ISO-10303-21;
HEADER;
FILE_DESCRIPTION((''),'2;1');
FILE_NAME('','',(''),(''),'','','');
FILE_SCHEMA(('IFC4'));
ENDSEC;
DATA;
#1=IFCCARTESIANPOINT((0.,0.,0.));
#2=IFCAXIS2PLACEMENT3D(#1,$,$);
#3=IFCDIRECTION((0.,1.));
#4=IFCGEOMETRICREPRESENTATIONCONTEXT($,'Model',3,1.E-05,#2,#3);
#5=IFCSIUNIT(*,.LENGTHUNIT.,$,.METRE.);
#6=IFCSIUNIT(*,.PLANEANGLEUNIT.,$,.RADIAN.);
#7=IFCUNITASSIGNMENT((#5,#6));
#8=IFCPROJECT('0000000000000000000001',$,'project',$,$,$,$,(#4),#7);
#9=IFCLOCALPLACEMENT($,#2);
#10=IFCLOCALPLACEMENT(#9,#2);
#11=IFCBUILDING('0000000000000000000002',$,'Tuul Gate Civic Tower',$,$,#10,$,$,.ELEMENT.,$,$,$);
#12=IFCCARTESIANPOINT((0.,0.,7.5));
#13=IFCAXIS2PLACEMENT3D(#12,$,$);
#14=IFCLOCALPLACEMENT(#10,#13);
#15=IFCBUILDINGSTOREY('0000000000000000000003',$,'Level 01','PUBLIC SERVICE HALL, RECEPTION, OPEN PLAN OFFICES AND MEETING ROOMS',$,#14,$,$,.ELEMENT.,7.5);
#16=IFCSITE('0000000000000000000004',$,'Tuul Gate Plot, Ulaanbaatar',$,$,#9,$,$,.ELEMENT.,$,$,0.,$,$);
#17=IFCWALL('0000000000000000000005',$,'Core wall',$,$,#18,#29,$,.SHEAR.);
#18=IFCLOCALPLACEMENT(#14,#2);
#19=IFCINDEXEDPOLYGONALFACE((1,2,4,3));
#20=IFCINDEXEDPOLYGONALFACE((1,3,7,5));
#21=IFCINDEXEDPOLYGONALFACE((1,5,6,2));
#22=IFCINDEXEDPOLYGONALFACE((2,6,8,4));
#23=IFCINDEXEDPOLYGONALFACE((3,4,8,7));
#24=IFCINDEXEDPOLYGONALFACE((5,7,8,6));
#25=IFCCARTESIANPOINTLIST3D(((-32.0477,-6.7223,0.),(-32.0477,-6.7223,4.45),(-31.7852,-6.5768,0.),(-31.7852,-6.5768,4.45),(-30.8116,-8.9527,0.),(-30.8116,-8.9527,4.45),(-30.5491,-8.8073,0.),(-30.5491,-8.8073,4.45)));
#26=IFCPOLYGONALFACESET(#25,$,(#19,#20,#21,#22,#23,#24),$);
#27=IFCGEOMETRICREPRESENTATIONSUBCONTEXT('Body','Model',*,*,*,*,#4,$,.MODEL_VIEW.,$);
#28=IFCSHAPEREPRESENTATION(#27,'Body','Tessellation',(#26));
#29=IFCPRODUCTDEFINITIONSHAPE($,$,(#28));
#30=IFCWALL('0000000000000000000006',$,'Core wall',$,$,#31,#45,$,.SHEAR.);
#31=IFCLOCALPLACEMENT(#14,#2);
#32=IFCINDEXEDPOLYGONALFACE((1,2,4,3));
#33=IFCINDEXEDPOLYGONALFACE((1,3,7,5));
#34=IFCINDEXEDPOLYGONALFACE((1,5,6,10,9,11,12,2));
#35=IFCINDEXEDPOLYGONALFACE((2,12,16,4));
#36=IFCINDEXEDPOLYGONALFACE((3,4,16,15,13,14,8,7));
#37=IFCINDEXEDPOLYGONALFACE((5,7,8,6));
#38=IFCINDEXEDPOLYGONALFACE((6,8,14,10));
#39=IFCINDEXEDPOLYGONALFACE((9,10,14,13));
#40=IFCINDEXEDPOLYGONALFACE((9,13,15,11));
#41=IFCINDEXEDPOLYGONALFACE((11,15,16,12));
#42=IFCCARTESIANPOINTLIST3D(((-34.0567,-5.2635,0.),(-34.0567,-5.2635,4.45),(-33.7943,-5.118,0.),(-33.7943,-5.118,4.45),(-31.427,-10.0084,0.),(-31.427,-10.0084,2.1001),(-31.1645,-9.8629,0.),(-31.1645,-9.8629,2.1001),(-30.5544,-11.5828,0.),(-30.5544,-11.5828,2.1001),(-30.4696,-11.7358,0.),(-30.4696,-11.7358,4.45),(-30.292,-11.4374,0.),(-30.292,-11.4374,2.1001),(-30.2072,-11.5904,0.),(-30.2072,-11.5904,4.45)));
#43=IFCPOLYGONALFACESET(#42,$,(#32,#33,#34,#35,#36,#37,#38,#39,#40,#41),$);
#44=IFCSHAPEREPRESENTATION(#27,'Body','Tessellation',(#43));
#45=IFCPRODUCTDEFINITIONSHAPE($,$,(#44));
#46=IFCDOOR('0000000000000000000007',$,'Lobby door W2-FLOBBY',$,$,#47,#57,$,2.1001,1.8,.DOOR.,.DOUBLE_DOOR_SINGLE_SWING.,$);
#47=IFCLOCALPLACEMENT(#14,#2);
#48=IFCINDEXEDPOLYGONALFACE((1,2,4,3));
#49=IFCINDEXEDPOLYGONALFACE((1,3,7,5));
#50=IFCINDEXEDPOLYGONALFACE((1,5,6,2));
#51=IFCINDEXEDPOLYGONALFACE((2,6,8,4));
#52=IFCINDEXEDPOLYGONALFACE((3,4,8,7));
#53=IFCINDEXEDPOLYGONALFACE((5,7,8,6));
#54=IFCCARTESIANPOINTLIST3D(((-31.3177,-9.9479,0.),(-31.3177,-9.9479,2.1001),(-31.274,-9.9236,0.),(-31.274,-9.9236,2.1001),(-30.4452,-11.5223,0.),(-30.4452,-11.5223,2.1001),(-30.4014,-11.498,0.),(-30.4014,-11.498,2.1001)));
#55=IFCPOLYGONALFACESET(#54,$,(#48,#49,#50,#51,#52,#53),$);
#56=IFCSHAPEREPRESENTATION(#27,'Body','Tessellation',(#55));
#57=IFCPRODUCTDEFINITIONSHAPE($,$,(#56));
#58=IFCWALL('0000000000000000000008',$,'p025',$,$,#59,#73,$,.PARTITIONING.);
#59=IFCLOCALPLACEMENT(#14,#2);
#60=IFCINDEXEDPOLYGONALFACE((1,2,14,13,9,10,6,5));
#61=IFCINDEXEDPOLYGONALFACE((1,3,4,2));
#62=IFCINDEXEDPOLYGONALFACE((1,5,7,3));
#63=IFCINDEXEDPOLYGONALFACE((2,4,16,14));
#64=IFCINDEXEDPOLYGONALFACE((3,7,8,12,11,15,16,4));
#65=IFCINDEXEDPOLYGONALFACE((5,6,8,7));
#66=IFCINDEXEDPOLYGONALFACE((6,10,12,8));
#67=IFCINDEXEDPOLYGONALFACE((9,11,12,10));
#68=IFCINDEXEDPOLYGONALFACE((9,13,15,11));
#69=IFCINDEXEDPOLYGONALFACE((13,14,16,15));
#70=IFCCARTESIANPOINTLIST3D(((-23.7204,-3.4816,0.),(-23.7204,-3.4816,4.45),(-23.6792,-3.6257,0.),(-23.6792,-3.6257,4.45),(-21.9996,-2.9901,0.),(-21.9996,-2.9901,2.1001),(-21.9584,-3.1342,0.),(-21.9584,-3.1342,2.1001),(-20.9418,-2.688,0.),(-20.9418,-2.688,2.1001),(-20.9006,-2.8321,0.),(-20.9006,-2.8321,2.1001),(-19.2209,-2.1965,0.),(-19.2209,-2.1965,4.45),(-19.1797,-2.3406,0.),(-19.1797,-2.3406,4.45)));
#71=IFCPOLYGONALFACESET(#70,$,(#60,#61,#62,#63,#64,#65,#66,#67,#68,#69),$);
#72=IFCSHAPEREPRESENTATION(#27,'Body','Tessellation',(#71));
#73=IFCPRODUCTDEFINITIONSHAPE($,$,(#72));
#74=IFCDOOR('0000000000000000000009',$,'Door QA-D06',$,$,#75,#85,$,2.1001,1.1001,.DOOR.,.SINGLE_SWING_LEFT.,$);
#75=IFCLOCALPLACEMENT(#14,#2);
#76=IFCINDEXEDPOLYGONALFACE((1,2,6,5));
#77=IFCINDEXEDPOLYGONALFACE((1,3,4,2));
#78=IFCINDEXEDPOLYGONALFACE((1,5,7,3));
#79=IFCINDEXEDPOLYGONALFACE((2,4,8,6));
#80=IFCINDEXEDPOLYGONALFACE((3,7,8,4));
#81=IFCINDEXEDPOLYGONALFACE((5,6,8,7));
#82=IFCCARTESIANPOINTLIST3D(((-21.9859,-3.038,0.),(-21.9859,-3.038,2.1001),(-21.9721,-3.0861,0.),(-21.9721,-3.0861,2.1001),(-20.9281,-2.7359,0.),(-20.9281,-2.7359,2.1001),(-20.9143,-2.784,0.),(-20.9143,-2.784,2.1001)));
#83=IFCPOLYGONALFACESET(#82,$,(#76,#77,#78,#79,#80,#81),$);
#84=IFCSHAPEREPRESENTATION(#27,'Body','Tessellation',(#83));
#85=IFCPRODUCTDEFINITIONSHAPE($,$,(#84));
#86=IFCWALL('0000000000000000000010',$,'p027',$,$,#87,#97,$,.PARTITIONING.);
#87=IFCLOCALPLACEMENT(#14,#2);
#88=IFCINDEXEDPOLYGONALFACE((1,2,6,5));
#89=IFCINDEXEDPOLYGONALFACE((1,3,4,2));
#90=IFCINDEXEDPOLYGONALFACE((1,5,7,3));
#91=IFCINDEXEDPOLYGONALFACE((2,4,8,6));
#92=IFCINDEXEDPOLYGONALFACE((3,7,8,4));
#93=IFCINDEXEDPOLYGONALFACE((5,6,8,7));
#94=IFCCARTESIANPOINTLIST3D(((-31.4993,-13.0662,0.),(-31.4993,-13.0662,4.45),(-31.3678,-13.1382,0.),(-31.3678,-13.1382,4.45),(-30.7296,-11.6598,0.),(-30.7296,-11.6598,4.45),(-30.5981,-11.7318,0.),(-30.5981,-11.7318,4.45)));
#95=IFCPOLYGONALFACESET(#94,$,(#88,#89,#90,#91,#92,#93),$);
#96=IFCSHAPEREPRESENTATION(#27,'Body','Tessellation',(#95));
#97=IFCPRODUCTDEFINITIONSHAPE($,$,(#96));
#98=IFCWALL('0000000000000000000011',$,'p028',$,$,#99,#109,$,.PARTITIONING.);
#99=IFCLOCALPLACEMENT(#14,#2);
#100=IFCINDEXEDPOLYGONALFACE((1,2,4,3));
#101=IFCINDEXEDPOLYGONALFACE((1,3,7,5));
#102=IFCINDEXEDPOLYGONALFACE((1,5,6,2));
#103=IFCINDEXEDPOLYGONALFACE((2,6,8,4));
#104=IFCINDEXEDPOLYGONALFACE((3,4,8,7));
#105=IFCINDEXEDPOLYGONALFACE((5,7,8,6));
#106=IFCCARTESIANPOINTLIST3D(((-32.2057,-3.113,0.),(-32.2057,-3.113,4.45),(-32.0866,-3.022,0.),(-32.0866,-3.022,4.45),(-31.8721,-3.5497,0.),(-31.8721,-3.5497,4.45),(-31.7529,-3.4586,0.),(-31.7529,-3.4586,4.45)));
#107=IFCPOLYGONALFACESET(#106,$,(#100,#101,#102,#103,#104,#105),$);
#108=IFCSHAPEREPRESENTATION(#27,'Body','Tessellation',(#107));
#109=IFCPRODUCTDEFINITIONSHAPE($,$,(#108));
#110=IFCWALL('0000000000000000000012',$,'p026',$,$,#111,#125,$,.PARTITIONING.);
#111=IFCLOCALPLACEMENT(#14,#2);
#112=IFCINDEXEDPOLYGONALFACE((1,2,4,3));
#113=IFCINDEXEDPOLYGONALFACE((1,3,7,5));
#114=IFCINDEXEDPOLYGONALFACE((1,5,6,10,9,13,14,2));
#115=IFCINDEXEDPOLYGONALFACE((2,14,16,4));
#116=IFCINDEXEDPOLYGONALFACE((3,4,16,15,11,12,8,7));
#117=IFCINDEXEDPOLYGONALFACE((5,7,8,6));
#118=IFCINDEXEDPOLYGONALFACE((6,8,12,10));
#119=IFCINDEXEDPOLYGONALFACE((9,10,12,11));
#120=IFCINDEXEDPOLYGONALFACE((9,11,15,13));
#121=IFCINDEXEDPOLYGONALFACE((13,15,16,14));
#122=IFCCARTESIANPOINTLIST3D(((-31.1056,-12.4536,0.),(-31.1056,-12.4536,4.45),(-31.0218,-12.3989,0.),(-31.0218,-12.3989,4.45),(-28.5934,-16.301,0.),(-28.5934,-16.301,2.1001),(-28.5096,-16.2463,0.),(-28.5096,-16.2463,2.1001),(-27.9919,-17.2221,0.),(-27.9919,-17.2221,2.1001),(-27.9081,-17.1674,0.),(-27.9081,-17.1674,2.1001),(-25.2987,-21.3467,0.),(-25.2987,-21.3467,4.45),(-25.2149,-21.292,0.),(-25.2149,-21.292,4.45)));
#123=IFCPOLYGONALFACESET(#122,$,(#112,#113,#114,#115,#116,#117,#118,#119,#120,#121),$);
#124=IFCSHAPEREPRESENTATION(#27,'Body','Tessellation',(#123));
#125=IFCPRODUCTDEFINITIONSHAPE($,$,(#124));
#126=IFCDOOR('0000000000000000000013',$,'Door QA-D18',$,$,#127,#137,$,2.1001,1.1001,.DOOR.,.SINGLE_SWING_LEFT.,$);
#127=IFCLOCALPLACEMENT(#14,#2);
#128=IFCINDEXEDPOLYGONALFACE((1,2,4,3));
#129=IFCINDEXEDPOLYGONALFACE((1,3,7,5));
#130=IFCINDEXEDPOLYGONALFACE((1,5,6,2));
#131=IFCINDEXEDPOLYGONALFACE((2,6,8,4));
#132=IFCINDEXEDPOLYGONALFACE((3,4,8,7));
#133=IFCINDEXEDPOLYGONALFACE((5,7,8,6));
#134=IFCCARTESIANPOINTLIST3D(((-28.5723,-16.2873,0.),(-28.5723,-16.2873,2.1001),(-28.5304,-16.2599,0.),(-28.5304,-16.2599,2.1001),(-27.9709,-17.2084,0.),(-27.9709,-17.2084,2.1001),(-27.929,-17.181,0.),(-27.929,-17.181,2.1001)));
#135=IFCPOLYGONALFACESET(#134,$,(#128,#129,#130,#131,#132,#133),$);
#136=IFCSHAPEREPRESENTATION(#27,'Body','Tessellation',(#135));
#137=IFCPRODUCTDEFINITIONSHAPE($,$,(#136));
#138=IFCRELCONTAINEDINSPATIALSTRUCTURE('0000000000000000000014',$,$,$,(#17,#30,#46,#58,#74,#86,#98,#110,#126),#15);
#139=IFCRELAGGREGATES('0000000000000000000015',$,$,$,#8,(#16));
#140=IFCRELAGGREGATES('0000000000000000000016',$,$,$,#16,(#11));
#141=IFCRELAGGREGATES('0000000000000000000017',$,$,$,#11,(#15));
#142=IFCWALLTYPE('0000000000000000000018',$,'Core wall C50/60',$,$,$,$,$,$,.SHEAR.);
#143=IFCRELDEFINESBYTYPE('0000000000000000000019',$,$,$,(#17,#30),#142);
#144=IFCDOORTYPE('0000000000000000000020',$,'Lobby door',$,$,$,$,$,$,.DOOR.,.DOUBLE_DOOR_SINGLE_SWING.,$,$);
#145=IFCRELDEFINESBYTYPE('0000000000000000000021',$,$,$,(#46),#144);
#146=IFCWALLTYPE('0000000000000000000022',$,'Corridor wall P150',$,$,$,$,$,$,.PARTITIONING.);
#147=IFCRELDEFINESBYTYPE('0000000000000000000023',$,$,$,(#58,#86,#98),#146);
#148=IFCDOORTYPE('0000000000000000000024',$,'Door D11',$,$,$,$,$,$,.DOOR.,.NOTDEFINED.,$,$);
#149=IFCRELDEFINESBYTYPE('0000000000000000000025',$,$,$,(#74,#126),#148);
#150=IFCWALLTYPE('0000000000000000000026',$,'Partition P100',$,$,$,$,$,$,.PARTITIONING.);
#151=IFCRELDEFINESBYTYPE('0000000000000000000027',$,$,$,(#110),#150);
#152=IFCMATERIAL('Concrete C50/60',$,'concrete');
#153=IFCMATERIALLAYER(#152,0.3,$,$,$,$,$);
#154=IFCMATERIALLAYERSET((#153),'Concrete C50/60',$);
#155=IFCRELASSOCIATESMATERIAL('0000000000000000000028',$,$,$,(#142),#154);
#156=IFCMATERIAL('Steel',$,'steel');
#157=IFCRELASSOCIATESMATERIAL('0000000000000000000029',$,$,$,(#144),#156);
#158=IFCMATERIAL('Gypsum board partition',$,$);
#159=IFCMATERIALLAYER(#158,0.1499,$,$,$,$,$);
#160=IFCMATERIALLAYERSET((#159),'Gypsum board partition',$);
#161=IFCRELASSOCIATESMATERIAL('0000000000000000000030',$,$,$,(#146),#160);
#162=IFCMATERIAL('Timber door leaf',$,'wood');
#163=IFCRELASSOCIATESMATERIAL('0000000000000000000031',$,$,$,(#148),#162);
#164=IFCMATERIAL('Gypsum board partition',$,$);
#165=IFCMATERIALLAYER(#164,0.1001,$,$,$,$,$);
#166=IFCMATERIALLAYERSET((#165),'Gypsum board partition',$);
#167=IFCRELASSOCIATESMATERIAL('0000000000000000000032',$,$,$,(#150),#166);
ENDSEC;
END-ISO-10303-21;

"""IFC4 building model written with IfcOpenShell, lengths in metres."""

from ifc_helpers import new_model, si_unit, direction, frame, frame_2d, origin, place, context, subcontext, project, spatial, rectangle, extrude, material, layer, layer_set, type_object, element, fill, save


model = new_model("IFC4")

# Units and contexts
model_context = context("Model", 3, precision=1e-05, world=origin(), true_north=direction((0.0, 1.0)))
body_context = subcontext(model_context, "Body", "Model", "MODEL_VIEW")
ifc_project = project(units=[si_unit("LENGTHUNIT", "METRE"), si_unit("PLANEANGLEUNIT", "RADIAN")], contexts=[model_context])

# Site, building, storey
site_placement = place(None, origin())
site = spatial("IfcSite", under=ifc_project, at=site_placement, Name="Tuul Gate Plot, Ulaanbaatar", CompositionType="ELEMENT", RefElevation=0.0)
building_placement = place(site_placement, origin())
building = spatial("IfcBuilding", under=site, at=building_placement, Name="Tuul Gate Civic Tower", CompositionType="ELEMENT")
storey_placement = place(building_placement, frame((0.0, 0.0, 7.5)))
storey = spatial("IfcBuildingStorey", under=building, at=storey_placement, Name="Level 01", Description="PUBLIC SERVICE HALL, RECEPTION, OPEN PLAN OFFICES AND MEETING ROOMS", CompositionType="ELEMENT", Elevation=7.5)

# Shared definitions
ifc_material_1 = material(Name="Concrete C50/60", Category="concrete")
ifc_layer_1 = layer(ifc_material_1, 0.3)
ifc_layer_set_1 = layer_set([ifc_layer_1], Name="Concrete C50/60")
wall_type_1 = type_object("IfcWallType", Name="Core wall C50/60", PredefinedType="SHEAR", material=ifc_layer_set_1)
ifc_material_2 = material(Name="Steel", Category="steel")
door_type_1 = type_object("IfcDoorType", Name="Lobby door", OperationType="DOUBLE_DOOR_SINGLE_SWING", PredefinedType="DOOR", material=ifc_material_2)

# Wall
wall_1_placement = place(storey_placement, frame((-30.6804, -8.8799, 0.0), z_axis=(0.0, 0.0, 1.0), x_axis=(-0.484724, 0.874667, 0.0)))
element("IfcWall", 1, at=wall_1_placement, inside=storey, type_object=wall_type_1, Name="Core wall", PredefinedType="SHEAR", context=body_context, shape_type="SweptSolid", body=[
    extrude(rectangle(XDim=2.55, YDim=0.3, at=frame_2d((1.2749, 0.0))), origin(), (0.0, 0.0, 1.0), 4.45),
])

# Walls, openings, doors
wall_2_placement = place(storey_placement, frame((-30.3384, -11.6631, 0.0), z_axis=(0.0, 0.0, 1.0), x_axis=(-0.484752, 0.874652, 0.0)))
wall_2 = element("IfcWall", 2, at=wall_2_placement, inside=storey, type_object=wall_type_1, Name="Core wall", PredefinedType="SHEAR", context=body_context, shape_type="SweptSolid", body=[
    extrude(rectangle(XDim=7.3999, YDim=0.3, at=frame_2d((3.7, 0.0))), origin(), (0.0, 0.0, 1.0), 4.45),
])
opening_1_placement = place(wall_2_placement, frame((0.175, 0.0, 0.0)))
opening_1 = element("IfcOpeningElement", 3, at=opening_1_placement, cuts=wall_2, PredefinedType="OPENING", context=body_context, shape_type="SweptSolid", body=[
    extrude(rectangle(XDim=1.8, YDim=2.1001, at=frame_2d((0.8999, 1.05))), frame((0.0, 0.1602, 0.0), z_axis=(0.0, -1.0, 0.0), x_axis=(1.0, 0.0, 0.0)), (0.0, 0.0, 1.0), 0.3201),
])
door_1_placement = place(opening_1_placement, frame((1.8, 0.0, 0.0), z_axis=(0.0, 0.0, 1.0), x_axis=(-1.0, 0.0, 0.0)))
door_1 = element("IfcDoor", 4, at=door_1_placement, inside=storey, type_object=door_type_1, Name="Lobby door W2-FLOBBY", OperationType="DOUBLE_DOOR_SINGLE_SWING", OverallHeight=2.1001, OverallWidth=1.8, PredefinedType="DOOR", context=body_context, shape_type="SweptSolid", body=[
    extrude(rectangle(XDim=1.8, YDim=2.1001, at=frame_2d((0.9001, 1.05))), frame((0.0, 0.0249, 0.0), z_axis=(0.0, -1.0, 0.0), x_axis=(1.0, 0.0, 0.0)), (0.0, 0.0, 1.0), 0.05),
])
fill(opening_1, door_1)
ifc_material_3 = material(Name="Gypsum board partition")
ifc_layer_2 = layer(ifc_material_3, 0.1499)
ifc_layer_set_2 = layer_set([ifc_layer_2], Name="Gypsum board partition")
wall_type_2 = type_object("IfcWallType", Name="Corridor wall P150", PredefinedType="PARTITIONING", material=ifc_layer_set_2)
wall_3_placement = place(storey_placement, frame((-23.7, -3.5537, 0.0), z_axis=(0.0, 0.0, 1.0), x_axis=(0.961548, 0.274638, 0.0)))
wall_3 = element("IfcWall", 5, at=wall_3_placement, inside=storey, type_object=wall_type_2, Name="p025", PredefinedType="PARTITIONING", context=body_context, shape_type="SweptSolid", body=[
    extrude(rectangle(XDim=4.6794, YDim=0.1499, at=frame_2d((2.3398, 0.0))), origin(), (0.0, 0.0, 1.0), 4.45),
])
opening_2_placement = place(wall_3_placement, frame((1.7898, 0.0, 0.0)))
opening_2 = element("IfcOpeningElement", 6, at=opening_2_placement, cuts=wall_3, PredefinedType="OPENING", context=body_context, shape_type="SweptSolid", body=[
    extrude(rectangle(XDim=1.1001, YDim=2.1001, at=frame_2d((0.55, 1.05))), frame((0.0, 0.085, 0.0), z_axis=(0.0, -1.0, 0.0), x_axis=(1.0, 0.0, 0.0)), (0.0, 0.0, 1.0), 0.1699),
])
ifc_material_4 = material(Name="Timber door leaf", Category="wood")
door_type_2 = type_object("IfcDoorType", Name="Door D11", OperationType="NOTDEFINED", PredefinedType="DOOR", material=ifc_material_4)
door_2_placement = place(opening_2_placement, frame((1.1001, 0.0, 0.0), z_axis=(0.0, 0.0, 1.0), x_axis=(-1.0, 0.0, 0.0)))
door_2 = element("IfcDoor", 7, at=door_2_placement, inside=storey, type_object=door_type_2, Name="Door QA-D06", OperationType="SINGLE_SWING_LEFT", OverallHeight=2.1001, OverallWidth=1.1001, PredefinedType="DOOR", context=body_context, shape_type="SweptSolid", body=[
    extrude(rectangle(XDim=1.1001, YDim=2.1001, at=frame_2d((0.55, 1.05))), frame((0.0, 0.0249, 0.0), z_axis=(0.0, -1.0, 0.0), x_axis=(1.0, 0.0, 0.0)), (0.0, 0.0, 1.0), 0.05),
])
fill(opening_2, door_2)

# Walls
wall_4_placement = place(storey_placement, frame((-31.4336, -13.1023, 0.0), z_axis=(0.0, 0.0, 1.0), x_axis=(0.4801, 0.877214, 0.0)))
element("IfcWall", 8, at=wall_4_placement, inside=storey, type_object=wall_type_2, Name="p027", PredefinedType="PARTITIONING", context=body_context, shape_type="SweptSolid", body=[
    extrude(rectangle(XDim=1.6033, YDim=0.1499, at=frame_2d((0.8018, 0.0))), origin(), (0.0, 0.0, 1.0), 4.45),
])
wall_5_placement = place(storey_placement, frame((-32.1462, -3.0674, 0.0), z_axis=(0.0, 0.0, 1.0), x_axis=(0.607153, -0.794585, 0.0)))
element("IfcWall", 9, at=wall_5_placement, inside=storey, type_object=wall_type_2, Name="p028", PredefinedType="PARTITIONING", context=body_context, shape_type="SweptSolid", body=[
    extrude(rectangle(XDim=0.5496, YDim=0.1499, at=frame_2d((0.2749, 0.0))), origin(), (0.0, 0.0, 1.0), 4.45),
])

# Wall, opening, door
ifc_material_5 = material(Name="Gypsum board partition")
ifc_layer_3 = layer(ifc_material_5, 0.1001)
ifc_layer_set_3 = layer_set([ifc_layer_3], Name="Gypsum board partition")
wall_type_3 = type_object("IfcWallType", Name="Partition P100", PredefinedType="PARTITIONING", material=ifc_layer_set_3)
wall_6_placement = place(storey_placement, frame((-31.0637, -12.4263, 0.0), z_axis=(0.0, 0.0, 1.0), x_axis=(0.546734, -0.837306, 0.0)))
wall_6 = element("IfcWall", 10, at=wall_6_placement, inside=storey, type_object=wall_type_3, Name="p026", PredefinedType="PARTITIONING", context=body_context, shape_type="SweptSolid", body=[
    extrude(rectangle(XDim=10.6211, YDim=0.1001, at=frame_2d((5.3105, 0.0))), origin(), (0.0, 0.0, 1.0), 4.45),
])
opening_3_placement = place(wall_6_placement, frame((4.595, 0.0, 0.0)))
opening_3 = element("IfcOpeningElement", 11, at=opening_3_placement, cuts=wall_6, PredefinedType="OPENING", context=body_context, shape_type="SweptSolid", body=[
    extrude(rectangle(XDim=1.1001, YDim=2.1001, at=frame_2d((0.55, 1.05))), frame((0.0, 0.0601, 0.0), z_axis=(0.0, -1.0, 0.0), x_axis=(1.0, 0.0, 0.0)), (0.0, 0.0, 1.0), 0.1201),
])
door_3_placement = place(opening_3_placement, frame((1.1001, 0.0, 0.0), z_axis=(0.0, 0.0, 1.0), x_axis=(-1.0, 0.0, 0.0)))
door_3 = element("IfcDoor", 12, at=door_3_placement, inside=storey, type_object=door_type_2, Name="Door QA-D18", OperationType="SINGLE_SWING_LEFT", OverallHeight=2.1001, OverallWidth=1.1001, PredefinedType="DOOR", context=body_context, shape_type="SweptSolid", body=[
    extrude(rectangle(XDim=1.1001, YDim=2.1001, at=frame_2d((0.55, 1.05))), frame((0.0, 0.0249, 0.0), z_axis=(0.0, -1.0, 0.0), x_axis=(1.0, 0.0, 0.0)), (0.0, 0.0, 1.0), 0.05),
])
fill(opening_3, door_3)

save(model, "model.ifc")
